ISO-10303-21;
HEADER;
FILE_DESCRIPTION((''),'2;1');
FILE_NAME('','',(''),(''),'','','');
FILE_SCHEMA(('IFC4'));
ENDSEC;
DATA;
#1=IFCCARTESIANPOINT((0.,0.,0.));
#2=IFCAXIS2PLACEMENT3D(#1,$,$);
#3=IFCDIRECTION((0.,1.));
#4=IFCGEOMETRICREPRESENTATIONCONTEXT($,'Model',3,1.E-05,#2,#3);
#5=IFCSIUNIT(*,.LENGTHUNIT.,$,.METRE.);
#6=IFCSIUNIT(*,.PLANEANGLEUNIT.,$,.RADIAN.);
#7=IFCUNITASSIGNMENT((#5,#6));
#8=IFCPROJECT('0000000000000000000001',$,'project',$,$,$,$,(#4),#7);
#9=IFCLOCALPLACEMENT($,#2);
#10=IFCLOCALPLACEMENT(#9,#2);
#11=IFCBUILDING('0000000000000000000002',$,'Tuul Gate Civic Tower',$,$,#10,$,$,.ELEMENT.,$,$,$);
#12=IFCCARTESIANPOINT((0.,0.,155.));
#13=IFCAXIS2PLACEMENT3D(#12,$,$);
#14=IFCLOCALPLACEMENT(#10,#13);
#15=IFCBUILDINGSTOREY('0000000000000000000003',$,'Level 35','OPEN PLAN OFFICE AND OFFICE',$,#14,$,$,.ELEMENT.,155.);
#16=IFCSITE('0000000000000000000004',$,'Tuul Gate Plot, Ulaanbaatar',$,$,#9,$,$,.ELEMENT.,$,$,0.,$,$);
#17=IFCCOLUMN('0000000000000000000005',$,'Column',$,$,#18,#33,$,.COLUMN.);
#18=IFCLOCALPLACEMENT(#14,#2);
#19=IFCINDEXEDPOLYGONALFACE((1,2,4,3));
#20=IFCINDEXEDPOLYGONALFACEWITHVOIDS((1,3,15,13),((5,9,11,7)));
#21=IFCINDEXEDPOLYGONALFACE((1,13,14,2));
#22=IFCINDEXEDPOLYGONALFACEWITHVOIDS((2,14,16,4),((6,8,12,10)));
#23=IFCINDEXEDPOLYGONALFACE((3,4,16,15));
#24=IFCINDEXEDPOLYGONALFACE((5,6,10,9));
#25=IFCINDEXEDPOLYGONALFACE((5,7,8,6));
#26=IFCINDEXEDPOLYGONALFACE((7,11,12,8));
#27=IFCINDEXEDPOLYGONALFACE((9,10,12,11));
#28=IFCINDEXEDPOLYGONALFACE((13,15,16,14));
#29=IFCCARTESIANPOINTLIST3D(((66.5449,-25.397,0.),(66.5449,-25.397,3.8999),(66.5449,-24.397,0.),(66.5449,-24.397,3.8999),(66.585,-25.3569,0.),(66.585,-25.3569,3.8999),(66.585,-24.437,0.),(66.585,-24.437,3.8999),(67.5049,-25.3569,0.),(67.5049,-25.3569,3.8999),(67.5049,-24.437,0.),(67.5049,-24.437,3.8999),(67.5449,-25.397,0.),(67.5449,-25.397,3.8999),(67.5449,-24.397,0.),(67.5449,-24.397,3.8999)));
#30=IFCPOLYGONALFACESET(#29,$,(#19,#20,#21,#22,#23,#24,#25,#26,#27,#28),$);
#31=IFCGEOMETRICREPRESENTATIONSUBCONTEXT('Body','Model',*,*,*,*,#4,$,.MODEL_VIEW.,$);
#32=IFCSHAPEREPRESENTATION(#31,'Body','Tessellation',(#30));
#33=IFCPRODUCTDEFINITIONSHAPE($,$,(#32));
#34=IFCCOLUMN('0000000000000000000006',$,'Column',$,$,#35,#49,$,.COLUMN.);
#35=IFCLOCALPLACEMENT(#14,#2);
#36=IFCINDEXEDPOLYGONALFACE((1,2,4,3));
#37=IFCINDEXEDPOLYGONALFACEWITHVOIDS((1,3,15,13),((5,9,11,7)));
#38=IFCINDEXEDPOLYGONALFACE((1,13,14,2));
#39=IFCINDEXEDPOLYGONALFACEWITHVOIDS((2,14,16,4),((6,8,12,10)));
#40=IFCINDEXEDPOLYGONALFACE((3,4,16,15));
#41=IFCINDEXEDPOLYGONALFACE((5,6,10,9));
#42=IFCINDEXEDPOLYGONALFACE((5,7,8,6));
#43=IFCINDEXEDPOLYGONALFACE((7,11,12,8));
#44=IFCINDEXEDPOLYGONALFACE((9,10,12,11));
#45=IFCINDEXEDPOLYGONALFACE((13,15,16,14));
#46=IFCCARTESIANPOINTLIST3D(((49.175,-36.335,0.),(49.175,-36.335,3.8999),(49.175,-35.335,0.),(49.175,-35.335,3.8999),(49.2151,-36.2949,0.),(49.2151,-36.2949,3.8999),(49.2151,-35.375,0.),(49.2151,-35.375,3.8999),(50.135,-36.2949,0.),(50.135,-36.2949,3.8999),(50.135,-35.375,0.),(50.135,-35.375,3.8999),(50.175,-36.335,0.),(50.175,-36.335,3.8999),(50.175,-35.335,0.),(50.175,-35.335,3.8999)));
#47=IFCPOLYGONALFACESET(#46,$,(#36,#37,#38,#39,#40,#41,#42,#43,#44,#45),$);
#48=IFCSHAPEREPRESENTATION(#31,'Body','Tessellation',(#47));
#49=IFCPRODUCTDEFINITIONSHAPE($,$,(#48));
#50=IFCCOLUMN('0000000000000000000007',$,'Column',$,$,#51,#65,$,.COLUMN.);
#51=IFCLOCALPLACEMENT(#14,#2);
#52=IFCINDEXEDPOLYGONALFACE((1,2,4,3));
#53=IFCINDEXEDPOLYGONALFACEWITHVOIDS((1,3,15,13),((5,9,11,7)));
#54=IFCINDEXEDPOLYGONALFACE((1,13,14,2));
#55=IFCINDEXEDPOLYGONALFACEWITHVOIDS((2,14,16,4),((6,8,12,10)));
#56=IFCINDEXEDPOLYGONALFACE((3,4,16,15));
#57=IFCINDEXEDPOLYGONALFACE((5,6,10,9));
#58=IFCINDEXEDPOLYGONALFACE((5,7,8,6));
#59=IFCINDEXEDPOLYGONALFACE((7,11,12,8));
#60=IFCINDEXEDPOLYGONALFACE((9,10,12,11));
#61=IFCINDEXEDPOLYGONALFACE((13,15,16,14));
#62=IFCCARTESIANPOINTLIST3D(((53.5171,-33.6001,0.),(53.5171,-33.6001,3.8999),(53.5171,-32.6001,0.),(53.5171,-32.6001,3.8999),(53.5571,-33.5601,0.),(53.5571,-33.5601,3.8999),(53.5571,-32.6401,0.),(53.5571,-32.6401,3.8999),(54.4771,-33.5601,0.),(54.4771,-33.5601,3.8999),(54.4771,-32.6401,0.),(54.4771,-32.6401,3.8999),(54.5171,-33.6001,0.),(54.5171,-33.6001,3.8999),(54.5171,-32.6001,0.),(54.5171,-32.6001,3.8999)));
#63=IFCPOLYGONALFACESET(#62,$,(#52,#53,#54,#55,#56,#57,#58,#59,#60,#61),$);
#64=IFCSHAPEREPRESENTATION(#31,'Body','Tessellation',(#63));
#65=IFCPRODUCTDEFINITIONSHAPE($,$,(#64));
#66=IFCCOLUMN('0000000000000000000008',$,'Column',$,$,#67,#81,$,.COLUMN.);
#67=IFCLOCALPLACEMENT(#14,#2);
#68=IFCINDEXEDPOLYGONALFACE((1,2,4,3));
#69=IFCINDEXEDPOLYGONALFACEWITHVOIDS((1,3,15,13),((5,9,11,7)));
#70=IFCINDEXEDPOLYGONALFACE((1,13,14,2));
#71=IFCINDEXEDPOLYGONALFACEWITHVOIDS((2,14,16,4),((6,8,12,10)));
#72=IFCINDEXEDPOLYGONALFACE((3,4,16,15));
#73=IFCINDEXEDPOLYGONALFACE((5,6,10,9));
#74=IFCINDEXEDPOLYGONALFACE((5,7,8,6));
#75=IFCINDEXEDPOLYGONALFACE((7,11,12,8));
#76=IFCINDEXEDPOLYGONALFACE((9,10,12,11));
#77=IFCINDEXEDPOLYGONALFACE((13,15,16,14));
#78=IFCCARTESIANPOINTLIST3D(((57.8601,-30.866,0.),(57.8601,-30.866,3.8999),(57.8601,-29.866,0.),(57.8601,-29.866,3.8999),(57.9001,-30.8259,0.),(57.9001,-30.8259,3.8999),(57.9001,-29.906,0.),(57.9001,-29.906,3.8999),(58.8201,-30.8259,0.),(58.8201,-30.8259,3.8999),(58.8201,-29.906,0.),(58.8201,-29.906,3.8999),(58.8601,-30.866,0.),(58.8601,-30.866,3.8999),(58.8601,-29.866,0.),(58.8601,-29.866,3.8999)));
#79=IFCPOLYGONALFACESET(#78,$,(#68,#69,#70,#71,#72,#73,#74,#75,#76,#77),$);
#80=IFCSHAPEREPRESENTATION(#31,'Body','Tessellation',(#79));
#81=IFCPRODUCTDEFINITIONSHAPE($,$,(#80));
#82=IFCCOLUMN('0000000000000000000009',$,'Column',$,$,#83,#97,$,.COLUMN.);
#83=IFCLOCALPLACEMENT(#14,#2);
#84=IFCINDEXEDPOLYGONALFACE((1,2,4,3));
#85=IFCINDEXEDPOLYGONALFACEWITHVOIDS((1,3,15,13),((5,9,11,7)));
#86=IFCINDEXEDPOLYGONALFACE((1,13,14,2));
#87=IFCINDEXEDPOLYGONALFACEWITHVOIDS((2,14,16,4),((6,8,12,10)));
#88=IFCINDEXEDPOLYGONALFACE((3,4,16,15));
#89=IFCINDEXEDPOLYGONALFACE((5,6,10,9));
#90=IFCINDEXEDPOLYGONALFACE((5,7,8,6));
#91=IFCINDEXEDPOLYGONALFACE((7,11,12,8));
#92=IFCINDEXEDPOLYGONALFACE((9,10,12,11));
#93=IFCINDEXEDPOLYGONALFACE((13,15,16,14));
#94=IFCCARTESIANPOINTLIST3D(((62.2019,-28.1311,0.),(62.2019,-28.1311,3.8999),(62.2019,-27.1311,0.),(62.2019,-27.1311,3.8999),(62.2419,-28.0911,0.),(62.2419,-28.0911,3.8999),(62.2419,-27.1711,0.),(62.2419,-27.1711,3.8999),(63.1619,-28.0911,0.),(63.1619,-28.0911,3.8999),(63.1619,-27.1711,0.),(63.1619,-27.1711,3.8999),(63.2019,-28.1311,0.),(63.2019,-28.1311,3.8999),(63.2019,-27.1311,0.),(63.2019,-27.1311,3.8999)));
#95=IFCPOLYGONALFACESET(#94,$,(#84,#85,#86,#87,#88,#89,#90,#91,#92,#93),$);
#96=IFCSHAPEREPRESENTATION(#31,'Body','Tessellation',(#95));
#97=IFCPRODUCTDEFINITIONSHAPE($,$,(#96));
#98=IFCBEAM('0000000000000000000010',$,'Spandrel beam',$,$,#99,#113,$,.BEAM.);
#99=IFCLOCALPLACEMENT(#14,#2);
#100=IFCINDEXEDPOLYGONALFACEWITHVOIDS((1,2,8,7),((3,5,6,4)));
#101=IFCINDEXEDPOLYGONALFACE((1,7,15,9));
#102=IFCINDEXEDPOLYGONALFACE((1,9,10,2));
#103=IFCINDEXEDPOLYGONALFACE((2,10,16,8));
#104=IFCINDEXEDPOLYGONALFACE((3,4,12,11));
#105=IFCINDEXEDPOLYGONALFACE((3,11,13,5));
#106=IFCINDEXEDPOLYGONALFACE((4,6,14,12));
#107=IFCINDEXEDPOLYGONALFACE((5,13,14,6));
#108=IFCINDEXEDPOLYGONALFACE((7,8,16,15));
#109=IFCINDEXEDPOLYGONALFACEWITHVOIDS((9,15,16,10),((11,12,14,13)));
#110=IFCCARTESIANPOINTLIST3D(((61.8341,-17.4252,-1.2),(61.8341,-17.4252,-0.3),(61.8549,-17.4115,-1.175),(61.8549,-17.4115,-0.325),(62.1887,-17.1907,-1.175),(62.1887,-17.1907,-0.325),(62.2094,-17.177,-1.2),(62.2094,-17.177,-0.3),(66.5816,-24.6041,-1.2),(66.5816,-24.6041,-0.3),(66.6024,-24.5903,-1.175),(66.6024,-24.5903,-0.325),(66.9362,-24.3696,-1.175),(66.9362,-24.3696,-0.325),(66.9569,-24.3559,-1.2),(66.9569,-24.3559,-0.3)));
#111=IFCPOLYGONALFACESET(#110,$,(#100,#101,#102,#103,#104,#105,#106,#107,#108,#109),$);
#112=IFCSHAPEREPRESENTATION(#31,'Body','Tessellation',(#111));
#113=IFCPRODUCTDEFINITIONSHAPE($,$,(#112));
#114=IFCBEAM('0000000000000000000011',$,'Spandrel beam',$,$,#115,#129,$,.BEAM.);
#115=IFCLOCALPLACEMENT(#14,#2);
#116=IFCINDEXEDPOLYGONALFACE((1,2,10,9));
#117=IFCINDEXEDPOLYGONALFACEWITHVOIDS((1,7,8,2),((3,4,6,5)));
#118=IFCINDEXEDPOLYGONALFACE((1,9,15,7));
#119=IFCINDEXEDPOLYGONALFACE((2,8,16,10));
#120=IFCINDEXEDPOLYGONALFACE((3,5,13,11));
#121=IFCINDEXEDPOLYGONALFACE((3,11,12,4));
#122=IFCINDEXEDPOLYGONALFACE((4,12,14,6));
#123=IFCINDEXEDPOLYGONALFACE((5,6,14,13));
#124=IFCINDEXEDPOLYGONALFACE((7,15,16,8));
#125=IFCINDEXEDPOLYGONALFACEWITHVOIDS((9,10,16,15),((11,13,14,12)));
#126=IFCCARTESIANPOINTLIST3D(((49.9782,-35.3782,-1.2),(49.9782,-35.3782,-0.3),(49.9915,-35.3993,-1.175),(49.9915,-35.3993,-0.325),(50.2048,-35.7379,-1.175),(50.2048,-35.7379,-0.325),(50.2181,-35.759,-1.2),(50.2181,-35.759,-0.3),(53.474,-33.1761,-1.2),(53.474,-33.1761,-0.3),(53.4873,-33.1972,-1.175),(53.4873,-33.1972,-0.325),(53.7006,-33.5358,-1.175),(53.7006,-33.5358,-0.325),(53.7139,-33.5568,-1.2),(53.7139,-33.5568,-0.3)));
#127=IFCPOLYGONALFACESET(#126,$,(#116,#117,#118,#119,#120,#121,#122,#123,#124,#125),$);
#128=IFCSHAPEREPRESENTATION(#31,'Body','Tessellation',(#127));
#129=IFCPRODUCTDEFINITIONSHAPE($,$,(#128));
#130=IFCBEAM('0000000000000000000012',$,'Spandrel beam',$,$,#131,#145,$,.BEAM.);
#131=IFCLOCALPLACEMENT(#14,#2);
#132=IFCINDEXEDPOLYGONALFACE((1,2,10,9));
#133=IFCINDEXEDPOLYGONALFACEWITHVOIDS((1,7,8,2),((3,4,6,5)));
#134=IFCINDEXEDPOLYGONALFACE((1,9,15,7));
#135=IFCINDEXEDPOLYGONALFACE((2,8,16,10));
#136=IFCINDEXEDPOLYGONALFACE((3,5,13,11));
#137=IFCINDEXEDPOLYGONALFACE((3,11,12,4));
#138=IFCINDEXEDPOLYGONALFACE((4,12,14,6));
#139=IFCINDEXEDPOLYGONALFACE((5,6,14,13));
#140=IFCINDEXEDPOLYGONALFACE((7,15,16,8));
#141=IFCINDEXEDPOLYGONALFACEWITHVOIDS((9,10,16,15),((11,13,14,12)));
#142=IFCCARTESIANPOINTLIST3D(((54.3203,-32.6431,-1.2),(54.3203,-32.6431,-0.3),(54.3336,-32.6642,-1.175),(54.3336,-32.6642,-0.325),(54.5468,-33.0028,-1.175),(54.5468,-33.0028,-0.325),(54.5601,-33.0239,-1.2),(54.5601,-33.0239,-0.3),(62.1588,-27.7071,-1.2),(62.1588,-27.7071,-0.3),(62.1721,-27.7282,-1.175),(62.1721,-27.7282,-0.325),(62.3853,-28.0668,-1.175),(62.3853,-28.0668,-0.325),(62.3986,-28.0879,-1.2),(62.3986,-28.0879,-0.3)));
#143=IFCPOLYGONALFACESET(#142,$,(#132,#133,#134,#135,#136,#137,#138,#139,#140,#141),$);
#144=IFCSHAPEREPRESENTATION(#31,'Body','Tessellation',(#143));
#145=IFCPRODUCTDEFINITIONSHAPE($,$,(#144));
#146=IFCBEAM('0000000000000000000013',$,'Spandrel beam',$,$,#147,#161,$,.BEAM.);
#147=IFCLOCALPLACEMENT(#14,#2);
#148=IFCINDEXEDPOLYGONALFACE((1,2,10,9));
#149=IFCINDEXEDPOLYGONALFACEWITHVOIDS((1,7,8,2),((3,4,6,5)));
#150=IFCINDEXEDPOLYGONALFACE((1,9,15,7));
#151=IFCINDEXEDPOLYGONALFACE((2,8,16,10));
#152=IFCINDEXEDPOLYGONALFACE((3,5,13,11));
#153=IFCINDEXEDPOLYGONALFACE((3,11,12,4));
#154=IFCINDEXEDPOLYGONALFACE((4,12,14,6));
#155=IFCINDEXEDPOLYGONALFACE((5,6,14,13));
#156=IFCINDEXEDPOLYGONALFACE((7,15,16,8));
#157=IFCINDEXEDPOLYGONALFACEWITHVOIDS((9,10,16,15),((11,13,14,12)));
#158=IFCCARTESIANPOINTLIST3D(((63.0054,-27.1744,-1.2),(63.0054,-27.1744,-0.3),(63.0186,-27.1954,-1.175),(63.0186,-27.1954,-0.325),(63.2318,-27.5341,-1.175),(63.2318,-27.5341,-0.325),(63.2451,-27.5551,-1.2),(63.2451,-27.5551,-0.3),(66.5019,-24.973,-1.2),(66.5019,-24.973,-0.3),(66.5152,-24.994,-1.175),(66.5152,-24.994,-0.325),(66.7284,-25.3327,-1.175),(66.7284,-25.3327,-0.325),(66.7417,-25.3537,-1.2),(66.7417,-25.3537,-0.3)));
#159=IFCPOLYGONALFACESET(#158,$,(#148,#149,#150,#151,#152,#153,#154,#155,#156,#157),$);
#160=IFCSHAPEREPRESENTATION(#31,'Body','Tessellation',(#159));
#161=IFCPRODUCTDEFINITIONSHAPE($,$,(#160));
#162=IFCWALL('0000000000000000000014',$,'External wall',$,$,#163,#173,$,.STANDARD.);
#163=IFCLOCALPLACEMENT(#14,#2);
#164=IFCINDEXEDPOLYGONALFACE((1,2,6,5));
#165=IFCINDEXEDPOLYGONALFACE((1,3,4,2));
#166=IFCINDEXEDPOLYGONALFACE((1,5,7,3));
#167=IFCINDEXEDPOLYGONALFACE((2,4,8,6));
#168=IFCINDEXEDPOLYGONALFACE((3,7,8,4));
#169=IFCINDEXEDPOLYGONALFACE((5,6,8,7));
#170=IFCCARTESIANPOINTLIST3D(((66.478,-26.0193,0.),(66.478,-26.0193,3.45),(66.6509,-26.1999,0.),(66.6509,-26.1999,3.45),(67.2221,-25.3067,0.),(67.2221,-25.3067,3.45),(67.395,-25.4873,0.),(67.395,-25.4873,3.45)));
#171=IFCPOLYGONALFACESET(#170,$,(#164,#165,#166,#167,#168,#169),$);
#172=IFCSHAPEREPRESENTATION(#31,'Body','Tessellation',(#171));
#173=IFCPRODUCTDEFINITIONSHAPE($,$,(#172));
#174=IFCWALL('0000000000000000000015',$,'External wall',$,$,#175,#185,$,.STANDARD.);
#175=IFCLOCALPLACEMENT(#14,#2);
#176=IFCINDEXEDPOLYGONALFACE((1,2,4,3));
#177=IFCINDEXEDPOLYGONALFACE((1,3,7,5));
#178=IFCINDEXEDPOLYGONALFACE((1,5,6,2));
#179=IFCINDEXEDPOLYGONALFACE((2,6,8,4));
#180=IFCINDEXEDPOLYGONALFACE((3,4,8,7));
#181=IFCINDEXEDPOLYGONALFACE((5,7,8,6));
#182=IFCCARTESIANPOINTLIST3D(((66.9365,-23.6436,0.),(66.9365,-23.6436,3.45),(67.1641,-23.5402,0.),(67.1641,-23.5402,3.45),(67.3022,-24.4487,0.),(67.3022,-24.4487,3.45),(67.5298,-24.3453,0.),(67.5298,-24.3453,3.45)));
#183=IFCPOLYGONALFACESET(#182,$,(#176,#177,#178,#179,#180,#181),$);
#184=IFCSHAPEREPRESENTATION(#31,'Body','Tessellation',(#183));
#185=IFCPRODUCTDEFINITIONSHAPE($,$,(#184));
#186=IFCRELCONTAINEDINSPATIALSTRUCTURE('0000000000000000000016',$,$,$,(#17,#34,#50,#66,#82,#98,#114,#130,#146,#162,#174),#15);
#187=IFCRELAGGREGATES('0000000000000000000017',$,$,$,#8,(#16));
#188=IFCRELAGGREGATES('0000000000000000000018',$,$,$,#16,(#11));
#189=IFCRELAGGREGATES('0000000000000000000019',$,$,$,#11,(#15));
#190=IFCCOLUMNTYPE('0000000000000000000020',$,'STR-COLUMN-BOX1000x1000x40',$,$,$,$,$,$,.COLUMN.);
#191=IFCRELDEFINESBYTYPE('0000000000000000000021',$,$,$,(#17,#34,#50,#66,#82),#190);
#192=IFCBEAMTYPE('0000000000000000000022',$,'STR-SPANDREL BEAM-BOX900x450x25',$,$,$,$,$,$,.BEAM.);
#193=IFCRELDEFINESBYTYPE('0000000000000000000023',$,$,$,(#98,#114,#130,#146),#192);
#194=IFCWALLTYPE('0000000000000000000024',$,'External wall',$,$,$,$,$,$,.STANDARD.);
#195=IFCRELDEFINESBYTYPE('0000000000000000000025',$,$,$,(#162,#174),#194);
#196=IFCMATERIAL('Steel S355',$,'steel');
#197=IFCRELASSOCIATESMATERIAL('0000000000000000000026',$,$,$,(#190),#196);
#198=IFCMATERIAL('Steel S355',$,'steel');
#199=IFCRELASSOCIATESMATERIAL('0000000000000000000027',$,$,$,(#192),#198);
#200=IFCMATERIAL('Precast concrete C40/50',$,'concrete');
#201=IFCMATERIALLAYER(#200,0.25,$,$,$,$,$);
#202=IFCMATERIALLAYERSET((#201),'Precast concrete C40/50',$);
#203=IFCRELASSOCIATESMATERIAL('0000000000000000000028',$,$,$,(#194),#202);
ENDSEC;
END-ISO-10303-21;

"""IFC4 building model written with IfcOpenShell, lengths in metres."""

from ifc_helpers import new_model, si_unit, direction, frame, frame_2d, origin, origin_2d, place, context, subcontext, project, spatial, rectangle, hollow_rectangle, extrude, material, layer, layer_set, material_profile, profile_set, type_object, element, save


model = new_model("IFC4")

# Units and contexts
model_context = context("Model", 3, precision=1e-05, world=origin(), true_north=direction((0.0, 1.0)))
body_context = subcontext(model_context, "Body", "Model", "MODEL_VIEW")
ifc_project = project(units=[si_unit("LENGTHUNIT", "METRE"), si_unit("PLANEANGLEUNIT", "RADIAN")], contexts=[model_context])

# Site, building, storey
site_placement = place(None, origin())
site = spatial("IfcSite", under=ifc_project, at=site_placement, Name="Tuul Gate Plot, Ulaanbaatar", CompositionType="ELEMENT", RefElevation=0.0)
building_placement = place(site_placement, origin())
building = spatial("IfcBuilding", under=site, at=building_placement, Name="Tuul Gate Civic Tower", CompositionType="ELEMENT")
storey_placement = place(building_placement, frame((0.0, 0.0, 155.0)))
storey = spatial("IfcBuildingStorey", under=building, at=storey_placement, Name="Level 35", Description="OPEN PLAN OFFICE AND OFFICE", CompositionType="ELEMENT", Elevation=155.0)

# Columns
ifc_material_1 = material(Name="Steel S355", Category="steel")
ifc_material_profile_1 = material_profile(ifc_material_1, hollow_rectangle(XDim=1.0, YDim=1.0, WallThickness=0.04, at=origin_2d()), Name="BOX1000x1000x40")
ifc_profile_set_1 = profile_set([ifc_material_profile_1], Name="Steel S355")
column_type = type_object("IfcColumnType", Name="STR-COLUMN-BOX1000x1000x40", PredefinedType="COLUMN", material=ifc_profile_set_1)
for number, where, z_axis, x_axis, name in (
    (1, (67.0449, -24.897, 0.0), (0.0, 0.0, 1.0), (1.0, 0.0, 0.0), "Column"),
    (2, (49.675, -35.835, 0.0), (0.0, 0.0, 1.0), (1.0, 0.0, 0.0), "Column"),
    (3, (54.0171, -33.1001, 0.0), (0.0, 0.0, 1.0), (1.0, 0.0, 0.0), "Column"),
    (4, (58.3601, -30.366, 0.0), (0.0, 0.0, 1.0), (1.0, 0.0, 0.0), "Column"),
    (5, (62.7019, -27.6311, 0.0), (0.0, 0.0, 1.0), (1.0, 0.0, 0.0), "Column"),
):
    element("IfcColumn", number, at=place(storey_placement, frame(where, z_axis=z_axis, x_axis=x_axis)), inside=storey, type_object=column_type, Name=name, PredefinedType="COLUMN", context=body_context, shape_type="SweptSolid", body=[
        extrude(hollow_rectangle(XDim=1.0, YDim=1.0, WallThickness=0.04, at=origin_2d()), origin(), (0.0, 0.0, 1.0), 3.8999),
    ])

# Beams
ifc_material_2 = material(Name="Steel S355", Category="steel")
ifc_material_profile_2 = material_profile(ifc_material_2, hollow_rectangle(XDim=0.45, YDim=0.8999, WallThickness=0.0249, at=origin_2d()), Name="BOX900x450x25")
ifc_profile_set_2 = profile_set([ifc_material_profile_2], Name="Steel S355")
beam_type = type_object("IfcBeamType", Name="STR-SPANDREL BEAM-BOX900x450x25", PredefinedType="BEAM", material=ifc_profile_set_2)
beam_1_placement = place(storey_placement, frame((66.7693, -24.48, -0.75), z_axis=(-0.551607, 0.834104, 0.0), x_axis=(-0.834104, -0.551607, 0.0)))
element("IfcBeam", 6, at=beam_1_placement, inside=storey, type_object=beam_type, Name="Spandrel beam", PredefinedType="BEAM", context=body_context, shape_type="SweptSolid", body=[
    extrude(hollow_rectangle(XDim=0.45, YDim=0.8999, WallThickness=0.0249, at=origin_2d()), origin(), (0.0, 0.0, 1.0), 8.6067),
])
beam_2_placement = place(storey_placement, frame((50.0981, -35.5686, -0.75), z_axis=(0.846117, 0.532997, 0.0), x_axis=(-0.532997, 0.846117, 0.0)))
element("IfcBeam", 7, at=beam_2_placement, inside=storey, type_object=beam_type, Name="Spandrel beam", PredefinedType="BEAM", context=body_context, shape_type="SweptSolid", body=[
    extrude(hollow_rectangle(XDim=0.45, YDim=0.8999, WallThickness=0.0249, at=origin_2d()), origin(), (0.0, 0.0, 1.0), 4.1316),
])
beam_3_placement = place(storey_placement, frame((54.4402, -32.8335, -0.75), z_axis=(0.846203, 0.53286, 0.0), x_axis=(-0.53286, 0.846203, 0.0)))
element("IfcBeam", 8, at=beam_3_placement, inside=storey, type_object=beam_type, Name="Spandrel beam", PredefinedType="BEAM", context=body_context, shape_type="SweptSolid", body=[
    extrude(hollow_rectangle(XDim=0.45, YDim=0.8999, WallThickness=0.0249, at=origin_2d()), origin(), (0.0, 0.0, 1.0), 9.2632),
])
beam_4_placement = place(storey_placement, frame((63.1252, -27.3647, -0.75), z_axis=(0.846248, 0.53279, 0.0), x_axis=(-0.53279, 0.846248, 0.0)))
element("IfcBeam", 9, at=beam_4_placement, inside=storey, type_object=beam_type, Name="Spandrel beam", PredefinedType="BEAM", context=body_context, shape_type="SweptSolid", body=[
    extrude(hollow_rectangle(XDim=0.45, YDim=0.8999, WallThickness=0.0249, at=origin_2d()), origin(), (0.0, 0.0, 1.0), 4.1318),
])

# Walls
ifc_material_3 = material(Name="Precast concrete C40/50", Category="concrete")
ifc_layer = layer(ifc_material_3, 0.25)
ifc_layer_set = layer_set([ifc_layer], Name="Precast concrete C40/50")
wall_type = type_object("IfcWallType", Name="External wall", PredefinedType="STANDARD", material=ifc_layer_set)
wall_1_placement = place(storey_placement, frame((66.5645, -26.1096, 0.0), z_axis=(0.0, 0.0, 1.0), x_axis=(0.722225, 0.691658, 0.0)))
element("IfcWall", 10, at=wall_1_placement, inside=storey, type_object=wall_type, Name="External wall", PredefinedType="STANDARD", context=body_context, shape_type="SweptSolid", body=[
    extrude(rectangle(XDim=1.0303, YDim=0.25, at=frame_2d((0.5151, 0.0))), origin(), (0.0, 0.0, 1.0), 3.45),
])
wall_2_placement = place(storey_placement, frame((67.416, -24.397, 0.0), z_axis=(0.0, 0.0, 1.0), x_axis=(-0.413553, 0.91048, 0.0)))
element("IfcWall", 11, at=wall_2_placement, inside=storey, type_object=wall_type, Name="External wall", PredefinedType="STANDARD", context=body_context, shape_type="SweptSolid", body=[
    extrude(rectangle(XDim=0.8843, YDim=0.25, at=frame_2d((0.4421, 0.0))), origin(), (0.0, 0.0, 1.0), 3.45),
])

save(model, "model.ifc")
